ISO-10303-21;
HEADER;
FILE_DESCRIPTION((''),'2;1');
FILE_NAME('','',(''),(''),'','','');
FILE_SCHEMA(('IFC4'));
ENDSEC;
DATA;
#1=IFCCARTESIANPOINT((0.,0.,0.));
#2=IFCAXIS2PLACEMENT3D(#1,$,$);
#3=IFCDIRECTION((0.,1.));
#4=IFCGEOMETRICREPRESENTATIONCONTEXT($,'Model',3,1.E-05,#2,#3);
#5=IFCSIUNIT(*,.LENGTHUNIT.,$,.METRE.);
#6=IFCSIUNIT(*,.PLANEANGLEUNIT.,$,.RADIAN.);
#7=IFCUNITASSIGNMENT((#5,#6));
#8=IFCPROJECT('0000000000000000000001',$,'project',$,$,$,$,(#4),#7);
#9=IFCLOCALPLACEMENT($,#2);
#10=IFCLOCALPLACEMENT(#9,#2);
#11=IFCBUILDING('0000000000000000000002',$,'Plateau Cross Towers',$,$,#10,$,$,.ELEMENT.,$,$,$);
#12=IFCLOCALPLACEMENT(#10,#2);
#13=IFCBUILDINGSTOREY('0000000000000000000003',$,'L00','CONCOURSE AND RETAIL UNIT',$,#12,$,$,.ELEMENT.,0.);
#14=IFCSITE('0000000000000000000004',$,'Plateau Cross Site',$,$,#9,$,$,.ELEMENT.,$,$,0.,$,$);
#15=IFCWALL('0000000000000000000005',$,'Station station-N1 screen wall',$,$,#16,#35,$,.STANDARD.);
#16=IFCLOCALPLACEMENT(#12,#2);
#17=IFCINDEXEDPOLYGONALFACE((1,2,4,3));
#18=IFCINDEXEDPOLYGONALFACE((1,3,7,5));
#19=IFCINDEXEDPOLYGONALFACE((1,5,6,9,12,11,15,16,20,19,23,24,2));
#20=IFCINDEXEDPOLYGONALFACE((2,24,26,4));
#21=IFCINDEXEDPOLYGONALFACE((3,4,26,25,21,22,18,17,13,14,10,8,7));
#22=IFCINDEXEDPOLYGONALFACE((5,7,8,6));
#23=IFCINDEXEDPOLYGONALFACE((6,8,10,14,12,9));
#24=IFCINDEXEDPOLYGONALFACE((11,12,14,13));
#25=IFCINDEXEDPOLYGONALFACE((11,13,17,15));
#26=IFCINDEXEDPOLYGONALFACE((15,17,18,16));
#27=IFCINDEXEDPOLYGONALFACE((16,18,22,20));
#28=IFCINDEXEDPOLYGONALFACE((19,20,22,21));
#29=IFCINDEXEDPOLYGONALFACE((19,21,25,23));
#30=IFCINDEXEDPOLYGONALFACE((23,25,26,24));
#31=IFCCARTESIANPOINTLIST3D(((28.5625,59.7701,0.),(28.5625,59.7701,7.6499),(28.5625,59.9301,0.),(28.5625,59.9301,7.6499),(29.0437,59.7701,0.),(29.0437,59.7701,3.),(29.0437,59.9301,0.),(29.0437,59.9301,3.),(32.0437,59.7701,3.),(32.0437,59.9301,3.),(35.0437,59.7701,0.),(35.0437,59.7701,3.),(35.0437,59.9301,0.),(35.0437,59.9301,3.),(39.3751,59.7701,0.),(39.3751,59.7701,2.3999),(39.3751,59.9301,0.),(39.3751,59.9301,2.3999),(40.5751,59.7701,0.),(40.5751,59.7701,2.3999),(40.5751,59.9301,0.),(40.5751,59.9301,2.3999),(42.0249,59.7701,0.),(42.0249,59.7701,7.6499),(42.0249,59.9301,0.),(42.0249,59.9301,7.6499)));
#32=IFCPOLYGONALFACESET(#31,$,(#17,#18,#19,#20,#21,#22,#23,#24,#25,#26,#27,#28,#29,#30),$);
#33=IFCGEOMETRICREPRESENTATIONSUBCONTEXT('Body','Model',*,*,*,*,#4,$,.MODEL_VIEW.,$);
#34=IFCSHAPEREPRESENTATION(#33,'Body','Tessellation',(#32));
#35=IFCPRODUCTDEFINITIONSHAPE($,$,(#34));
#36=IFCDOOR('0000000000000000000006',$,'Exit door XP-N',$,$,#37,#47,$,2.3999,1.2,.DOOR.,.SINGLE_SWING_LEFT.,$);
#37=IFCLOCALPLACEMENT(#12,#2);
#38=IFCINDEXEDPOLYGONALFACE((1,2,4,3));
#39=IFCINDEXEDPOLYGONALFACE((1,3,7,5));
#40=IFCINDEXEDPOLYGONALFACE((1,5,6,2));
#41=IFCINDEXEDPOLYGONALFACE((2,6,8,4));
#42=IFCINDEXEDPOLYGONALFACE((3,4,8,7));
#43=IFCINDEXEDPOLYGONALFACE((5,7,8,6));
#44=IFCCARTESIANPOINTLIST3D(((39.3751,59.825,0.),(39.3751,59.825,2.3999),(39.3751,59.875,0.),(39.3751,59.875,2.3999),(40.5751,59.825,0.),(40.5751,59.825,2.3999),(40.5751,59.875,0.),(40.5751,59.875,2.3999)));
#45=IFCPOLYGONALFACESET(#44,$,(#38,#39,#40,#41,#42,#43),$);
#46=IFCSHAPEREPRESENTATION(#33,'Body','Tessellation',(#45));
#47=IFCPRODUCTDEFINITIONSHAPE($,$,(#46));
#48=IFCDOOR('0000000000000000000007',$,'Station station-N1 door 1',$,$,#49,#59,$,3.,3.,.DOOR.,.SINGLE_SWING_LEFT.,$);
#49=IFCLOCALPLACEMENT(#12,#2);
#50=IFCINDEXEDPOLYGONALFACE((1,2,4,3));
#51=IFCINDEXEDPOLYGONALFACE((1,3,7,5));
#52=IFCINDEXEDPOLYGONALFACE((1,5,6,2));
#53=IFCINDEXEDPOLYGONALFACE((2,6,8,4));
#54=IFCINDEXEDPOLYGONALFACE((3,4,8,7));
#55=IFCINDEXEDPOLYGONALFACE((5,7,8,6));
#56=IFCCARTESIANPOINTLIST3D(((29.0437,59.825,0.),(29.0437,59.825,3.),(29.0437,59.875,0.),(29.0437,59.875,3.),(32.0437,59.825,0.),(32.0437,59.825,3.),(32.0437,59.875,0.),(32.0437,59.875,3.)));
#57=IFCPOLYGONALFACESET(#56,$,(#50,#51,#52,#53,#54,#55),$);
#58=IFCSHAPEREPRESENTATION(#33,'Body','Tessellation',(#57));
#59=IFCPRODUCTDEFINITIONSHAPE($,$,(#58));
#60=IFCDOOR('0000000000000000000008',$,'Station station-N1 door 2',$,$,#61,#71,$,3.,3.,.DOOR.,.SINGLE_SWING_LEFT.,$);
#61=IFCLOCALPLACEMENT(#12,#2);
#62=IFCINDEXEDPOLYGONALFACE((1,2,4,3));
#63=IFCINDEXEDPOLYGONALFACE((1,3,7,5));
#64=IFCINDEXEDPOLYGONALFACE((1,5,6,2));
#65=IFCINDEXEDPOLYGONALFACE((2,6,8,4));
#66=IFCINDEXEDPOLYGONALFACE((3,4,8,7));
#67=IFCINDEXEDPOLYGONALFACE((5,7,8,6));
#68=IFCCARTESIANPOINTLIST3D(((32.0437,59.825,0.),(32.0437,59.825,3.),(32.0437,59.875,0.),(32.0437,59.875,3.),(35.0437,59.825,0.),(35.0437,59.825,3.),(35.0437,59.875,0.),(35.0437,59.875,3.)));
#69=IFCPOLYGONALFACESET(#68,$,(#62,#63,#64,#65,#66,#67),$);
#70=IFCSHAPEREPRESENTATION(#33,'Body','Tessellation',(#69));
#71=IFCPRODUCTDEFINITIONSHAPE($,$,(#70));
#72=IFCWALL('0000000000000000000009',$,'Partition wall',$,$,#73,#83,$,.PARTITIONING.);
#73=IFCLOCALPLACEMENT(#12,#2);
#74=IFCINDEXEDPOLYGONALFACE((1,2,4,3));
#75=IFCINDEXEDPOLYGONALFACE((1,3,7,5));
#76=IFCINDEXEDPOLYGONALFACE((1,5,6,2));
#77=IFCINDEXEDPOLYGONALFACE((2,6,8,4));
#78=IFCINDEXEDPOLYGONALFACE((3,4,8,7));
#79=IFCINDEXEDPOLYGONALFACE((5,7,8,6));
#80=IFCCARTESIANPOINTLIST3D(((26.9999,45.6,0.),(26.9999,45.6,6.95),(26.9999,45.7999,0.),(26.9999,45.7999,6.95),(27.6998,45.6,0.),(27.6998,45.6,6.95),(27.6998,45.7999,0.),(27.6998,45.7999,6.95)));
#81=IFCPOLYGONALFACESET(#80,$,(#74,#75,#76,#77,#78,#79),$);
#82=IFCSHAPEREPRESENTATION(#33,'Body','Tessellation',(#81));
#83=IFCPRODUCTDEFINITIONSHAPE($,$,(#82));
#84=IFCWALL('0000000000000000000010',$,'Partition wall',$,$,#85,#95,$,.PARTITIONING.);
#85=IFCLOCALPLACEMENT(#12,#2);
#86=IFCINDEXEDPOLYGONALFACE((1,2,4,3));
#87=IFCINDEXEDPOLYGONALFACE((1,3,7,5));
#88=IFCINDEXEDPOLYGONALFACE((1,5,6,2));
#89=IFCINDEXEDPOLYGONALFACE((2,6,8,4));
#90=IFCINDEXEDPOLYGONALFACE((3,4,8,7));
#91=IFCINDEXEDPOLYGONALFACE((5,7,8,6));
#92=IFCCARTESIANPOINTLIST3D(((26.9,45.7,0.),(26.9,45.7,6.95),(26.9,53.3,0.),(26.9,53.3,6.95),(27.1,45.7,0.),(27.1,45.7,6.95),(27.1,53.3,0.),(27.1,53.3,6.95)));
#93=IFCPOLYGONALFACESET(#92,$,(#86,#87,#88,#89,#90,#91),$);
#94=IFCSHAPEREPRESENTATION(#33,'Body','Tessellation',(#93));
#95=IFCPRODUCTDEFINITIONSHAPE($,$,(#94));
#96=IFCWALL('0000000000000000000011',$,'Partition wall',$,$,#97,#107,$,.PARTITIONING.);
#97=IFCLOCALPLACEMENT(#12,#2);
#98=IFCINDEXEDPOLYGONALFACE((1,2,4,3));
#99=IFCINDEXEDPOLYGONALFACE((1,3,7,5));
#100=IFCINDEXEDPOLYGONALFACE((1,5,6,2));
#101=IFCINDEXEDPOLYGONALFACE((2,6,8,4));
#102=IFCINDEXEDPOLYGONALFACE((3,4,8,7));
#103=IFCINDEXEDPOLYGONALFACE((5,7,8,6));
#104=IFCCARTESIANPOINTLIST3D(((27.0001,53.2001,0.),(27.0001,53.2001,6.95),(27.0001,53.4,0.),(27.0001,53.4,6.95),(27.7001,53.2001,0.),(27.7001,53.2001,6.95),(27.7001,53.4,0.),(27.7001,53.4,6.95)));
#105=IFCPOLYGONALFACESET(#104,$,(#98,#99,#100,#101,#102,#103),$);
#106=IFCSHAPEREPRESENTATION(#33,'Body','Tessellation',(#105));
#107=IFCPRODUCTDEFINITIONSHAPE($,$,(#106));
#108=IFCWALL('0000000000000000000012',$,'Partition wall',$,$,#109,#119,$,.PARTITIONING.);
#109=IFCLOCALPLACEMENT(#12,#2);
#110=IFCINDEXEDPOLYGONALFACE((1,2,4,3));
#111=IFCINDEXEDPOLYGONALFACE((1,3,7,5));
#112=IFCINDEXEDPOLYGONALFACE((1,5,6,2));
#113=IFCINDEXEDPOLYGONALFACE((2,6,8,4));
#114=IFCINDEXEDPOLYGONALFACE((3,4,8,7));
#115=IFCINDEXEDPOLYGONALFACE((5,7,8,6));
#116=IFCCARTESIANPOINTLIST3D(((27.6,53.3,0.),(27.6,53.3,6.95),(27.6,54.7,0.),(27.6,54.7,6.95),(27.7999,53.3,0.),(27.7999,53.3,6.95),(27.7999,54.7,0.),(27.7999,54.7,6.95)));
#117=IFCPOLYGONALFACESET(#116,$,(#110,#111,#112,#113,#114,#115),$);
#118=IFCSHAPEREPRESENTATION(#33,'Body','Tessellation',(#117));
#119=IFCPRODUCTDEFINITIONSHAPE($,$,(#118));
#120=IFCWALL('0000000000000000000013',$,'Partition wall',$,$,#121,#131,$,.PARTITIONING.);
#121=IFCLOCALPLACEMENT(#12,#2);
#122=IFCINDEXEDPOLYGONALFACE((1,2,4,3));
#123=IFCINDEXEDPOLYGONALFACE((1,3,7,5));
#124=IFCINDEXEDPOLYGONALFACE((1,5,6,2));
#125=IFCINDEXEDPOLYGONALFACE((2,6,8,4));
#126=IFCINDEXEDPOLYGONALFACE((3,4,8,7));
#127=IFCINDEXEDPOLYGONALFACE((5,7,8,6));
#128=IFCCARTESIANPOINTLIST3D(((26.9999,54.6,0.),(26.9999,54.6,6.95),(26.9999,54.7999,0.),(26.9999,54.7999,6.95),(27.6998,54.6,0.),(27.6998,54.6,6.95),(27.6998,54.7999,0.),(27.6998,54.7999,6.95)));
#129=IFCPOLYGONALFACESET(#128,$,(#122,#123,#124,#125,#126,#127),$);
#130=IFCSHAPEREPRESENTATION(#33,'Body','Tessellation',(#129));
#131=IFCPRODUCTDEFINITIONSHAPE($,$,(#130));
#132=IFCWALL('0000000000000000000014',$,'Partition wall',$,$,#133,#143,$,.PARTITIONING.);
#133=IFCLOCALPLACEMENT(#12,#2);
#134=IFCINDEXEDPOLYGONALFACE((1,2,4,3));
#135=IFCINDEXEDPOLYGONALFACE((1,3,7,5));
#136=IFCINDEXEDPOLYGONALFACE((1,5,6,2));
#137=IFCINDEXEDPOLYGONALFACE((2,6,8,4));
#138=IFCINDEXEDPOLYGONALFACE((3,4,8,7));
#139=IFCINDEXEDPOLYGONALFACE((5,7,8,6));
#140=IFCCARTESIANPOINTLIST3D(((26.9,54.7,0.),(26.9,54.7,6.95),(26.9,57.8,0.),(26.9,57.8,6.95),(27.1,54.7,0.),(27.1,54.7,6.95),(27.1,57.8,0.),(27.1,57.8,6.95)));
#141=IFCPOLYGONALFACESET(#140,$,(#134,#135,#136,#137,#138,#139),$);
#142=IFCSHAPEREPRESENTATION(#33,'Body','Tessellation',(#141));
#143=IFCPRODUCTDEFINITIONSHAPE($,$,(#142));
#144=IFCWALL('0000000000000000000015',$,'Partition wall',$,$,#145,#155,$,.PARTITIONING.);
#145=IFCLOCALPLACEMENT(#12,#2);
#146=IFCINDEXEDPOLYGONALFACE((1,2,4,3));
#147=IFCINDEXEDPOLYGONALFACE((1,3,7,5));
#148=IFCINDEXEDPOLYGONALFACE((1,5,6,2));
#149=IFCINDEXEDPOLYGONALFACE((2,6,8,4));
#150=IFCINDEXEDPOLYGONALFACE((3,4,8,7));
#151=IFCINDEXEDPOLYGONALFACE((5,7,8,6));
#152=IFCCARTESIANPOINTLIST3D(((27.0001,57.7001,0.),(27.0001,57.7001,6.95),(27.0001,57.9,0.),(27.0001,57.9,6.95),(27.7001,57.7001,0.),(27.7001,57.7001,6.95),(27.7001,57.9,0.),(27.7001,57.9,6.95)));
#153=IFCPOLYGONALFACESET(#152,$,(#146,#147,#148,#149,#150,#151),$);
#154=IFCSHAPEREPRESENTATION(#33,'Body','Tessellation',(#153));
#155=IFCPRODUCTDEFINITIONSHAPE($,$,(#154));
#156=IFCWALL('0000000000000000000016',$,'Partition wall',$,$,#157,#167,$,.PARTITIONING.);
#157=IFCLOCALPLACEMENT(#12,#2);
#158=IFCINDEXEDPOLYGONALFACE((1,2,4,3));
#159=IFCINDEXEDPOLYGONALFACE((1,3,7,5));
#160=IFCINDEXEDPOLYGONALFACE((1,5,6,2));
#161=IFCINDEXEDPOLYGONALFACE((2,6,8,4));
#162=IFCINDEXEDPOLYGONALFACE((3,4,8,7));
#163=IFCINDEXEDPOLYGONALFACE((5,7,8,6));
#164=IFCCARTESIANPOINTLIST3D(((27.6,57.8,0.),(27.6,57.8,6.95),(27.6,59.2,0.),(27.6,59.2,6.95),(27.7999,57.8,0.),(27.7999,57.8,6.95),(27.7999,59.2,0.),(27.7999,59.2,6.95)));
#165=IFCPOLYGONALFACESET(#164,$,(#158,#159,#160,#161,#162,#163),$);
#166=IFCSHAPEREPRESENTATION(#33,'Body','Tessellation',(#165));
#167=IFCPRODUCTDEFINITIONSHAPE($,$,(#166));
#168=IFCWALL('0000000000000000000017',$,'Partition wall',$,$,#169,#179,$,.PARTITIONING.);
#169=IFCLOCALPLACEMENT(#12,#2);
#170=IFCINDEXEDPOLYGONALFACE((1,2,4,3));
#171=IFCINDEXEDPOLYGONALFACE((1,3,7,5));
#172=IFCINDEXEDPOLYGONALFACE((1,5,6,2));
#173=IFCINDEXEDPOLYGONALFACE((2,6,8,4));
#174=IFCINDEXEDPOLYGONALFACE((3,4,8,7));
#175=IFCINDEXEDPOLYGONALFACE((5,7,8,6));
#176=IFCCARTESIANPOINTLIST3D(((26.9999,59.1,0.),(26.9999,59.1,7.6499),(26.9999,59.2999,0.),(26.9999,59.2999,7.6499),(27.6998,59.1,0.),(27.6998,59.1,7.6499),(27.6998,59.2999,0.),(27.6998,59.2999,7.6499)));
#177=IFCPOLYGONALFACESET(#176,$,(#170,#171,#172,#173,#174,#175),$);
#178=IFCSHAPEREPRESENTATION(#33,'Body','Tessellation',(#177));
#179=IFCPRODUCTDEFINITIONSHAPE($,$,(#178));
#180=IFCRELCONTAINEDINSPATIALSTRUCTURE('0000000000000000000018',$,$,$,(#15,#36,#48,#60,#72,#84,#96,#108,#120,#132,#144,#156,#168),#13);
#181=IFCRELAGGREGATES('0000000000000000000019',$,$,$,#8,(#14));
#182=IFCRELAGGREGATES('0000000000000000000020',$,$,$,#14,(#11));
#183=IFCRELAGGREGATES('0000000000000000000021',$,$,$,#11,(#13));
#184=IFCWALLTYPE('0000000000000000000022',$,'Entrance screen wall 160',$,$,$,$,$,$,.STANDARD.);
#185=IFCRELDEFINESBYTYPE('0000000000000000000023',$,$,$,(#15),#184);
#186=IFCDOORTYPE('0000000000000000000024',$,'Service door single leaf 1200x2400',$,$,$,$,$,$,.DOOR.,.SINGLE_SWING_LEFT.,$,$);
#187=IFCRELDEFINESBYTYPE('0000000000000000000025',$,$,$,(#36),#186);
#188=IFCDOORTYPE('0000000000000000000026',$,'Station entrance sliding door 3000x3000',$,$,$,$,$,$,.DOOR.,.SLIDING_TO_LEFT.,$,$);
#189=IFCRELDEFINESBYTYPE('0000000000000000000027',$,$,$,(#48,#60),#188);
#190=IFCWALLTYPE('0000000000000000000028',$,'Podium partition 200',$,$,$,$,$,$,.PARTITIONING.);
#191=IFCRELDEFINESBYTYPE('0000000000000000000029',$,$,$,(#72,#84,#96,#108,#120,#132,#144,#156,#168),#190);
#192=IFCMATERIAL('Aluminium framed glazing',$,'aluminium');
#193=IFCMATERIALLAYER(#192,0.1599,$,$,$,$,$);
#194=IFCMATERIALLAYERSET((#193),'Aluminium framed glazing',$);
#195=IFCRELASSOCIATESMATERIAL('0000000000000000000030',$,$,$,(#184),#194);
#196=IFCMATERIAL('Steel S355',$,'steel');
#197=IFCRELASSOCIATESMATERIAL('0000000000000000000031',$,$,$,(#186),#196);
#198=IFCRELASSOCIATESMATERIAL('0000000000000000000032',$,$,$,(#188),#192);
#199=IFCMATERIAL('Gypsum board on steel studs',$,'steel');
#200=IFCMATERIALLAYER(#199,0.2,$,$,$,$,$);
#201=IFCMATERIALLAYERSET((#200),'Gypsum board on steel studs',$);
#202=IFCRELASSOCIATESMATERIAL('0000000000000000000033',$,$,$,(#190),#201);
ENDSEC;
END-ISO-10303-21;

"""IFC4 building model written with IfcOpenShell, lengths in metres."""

from ifc_helpers import new_model, si_unit, direction, frame, frame_2d, origin, place, context, subcontext, project, spatial, rectangle, extrude, material, layer, layer_set, type_object, element, fill, save


model = new_model("IFC4")

# Units and contexts
model_context = context("Model", 3, precision=1e-05, world=origin(), true_north=direction((0.0, 1.0)))
body_context = subcontext(model_context, "Body", "Model", "MODEL_VIEW")
ifc_project = project(units=[si_unit("LENGTHUNIT", "METRE"), si_unit("PLANEANGLEUNIT", "RADIAN")], contexts=[model_context])

# Site, building, storey
site_placement = place(None, origin())
site = spatial("IfcSite", under=ifc_project, at=site_placement, Name="Plateau Cross Site", CompositionType="ELEMENT", RefElevation=0.0)
building_placement = place(site_placement, origin())
building = spatial("IfcBuilding", under=site, at=building_placement, Name="Plateau Cross Towers", CompositionType="ELEMENT")
storey_placement = place(building_placement, origin())
storey = spatial("IfcBuildingStorey", under=building, at=storey_placement, Name="L00", Description="CONCOURSE AND RETAIL UNIT", CompositionType="ELEMENT", Elevation=0.0)

# Wall, openings, doors
ifc_material_1 = material(Name="Aluminium framed glazing", Category="aluminium")
ifc_layer_1 = layer(ifc_material_1, 0.1599)
ifc_layer_set_1 = layer_set([ifc_layer_1], Name="Aluminium framed glazing")
wall_type_1 = type_object("IfcWallType", Name="Entrance screen wall 160", PredefinedType="STANDARD", material=ifc_layer_set_1)
wall_1_placement = place(storey_placement, frame((28.5625, 59.8501, 0.0), z_axis=(0.0, 0.0, 1.0), x_axis=(1.0, 0.0, 0.0)))
wall_1 = element("IfcWall", 1, at=wall_1_placement, inside=storey, type_object=wall_type_1, Name="Station station-N1 screen wall", PredefinedType="STANDARD", context=body_context, shape_type="SweptSolid", body=[
    extrude(rectangle(XDim=13.4624, YDim=0.1599, at=frame_2d((6.7312, 0.0))), origin(), (0.0, 0.0, 1.0), 7.6499),
])
opening_1_placement = place(wall_1_placement, frame((0.4812, 0.0, 0.0)))
opening_1 = element("IfcOpeningElement", 2, at=opening_1_placement, cuts=wall_1, PredefinedType="OPENING", context=body_context, shape_type="SweptSolid", body=[
    extrude(rectangle(XDim=3.0, YDim=3.0, at=frame_2d((1.5, 1.5))), frame((0.0, 0.0898, 0.0), z_axis=(0.0, -1.0, 0.0), x_axis=(1.0, 0.0, 0.0)), (0.0, 0.0, 1.0), 0.1799),
])
opening_2_placement = place(wall_1_placement, frame((3.4812, 0.0, 0.0)))
opening_2 = element("IfcOpeningElement", 3, at=opening_2_placement, cuts=wall_1, PredefinedType="OPENING", context=body_context, shape_type="SweptSolid", body=[
    extrude(rectangle(XDim=3.0, YDim=3.0, at=frame_2d((1.5, 1.5))), frame((0.0, 0.0898, 0.0), z_axis=(0.0, -1.0, 0.0), x_axis=(1.0, 0.0, 0.0)), (0.0, 0.0, 1.0), 0.1799),
])
opening_3_placement = place(wall_1_placement, frame((10.8125, 0.0, 0.0)))
opening_3 = element("IfcOpeningElement", 4, at=opening_3_placement, cuts=wall_1, PredefinedType="OPENING", context=body_context, shape_type="SweptSolid", body=[
    extrude(rectangle(XDim=1.2, YDim=2.3999, at=frame_2d((0.6001, 1.2))), frame((0.0, 0.0898, 0.0), z_axis=(0.0, -1.0, 0.0), x_axis=(1.0, 0.0, 0.0)), (0.0, 0.0, 1.0), 0.1799),
])
ifc_material_2 = material(Name="Steel S355", Category="steel")
door_type_1 = type_object("IfcDoorType", Name="Service door single leaf 1200x2400", OperationType="SINGLE_SWING_LEFT", PredefinedType="DOOR", material=ifc_material_2)
door_1_placement = place(opening_3_placement, origin())
door_1 = element("IfcDoor", 5, at=door_1_placement, inside=storey, type_object=door_type_1, Name="Exit door XP-N", OperationType="SINGLE_SWING_LEFT", OverallHeight=2.3999, OverallWidth=1.2, PredefinedType="DOOR", context=body_context, shape_type="SweptSolid", body=[
    extrude(rectangle(XDim=1.2, YDim=2.3999, at=frame_2d((0.6001, 1.2))), frame((0.0, 0.0249, 0.0), z_axis=(0.0, -1.0, 0.0), x_axis=(1.0, 0.0, 0.0)), (0.0, 0.0, 1.0), 0.05),
])
fill(opening_3, door_1)
door_type_2 = type_object("IfcDoorType", Name="Station entrance sliding door 3000x3000", OperationType="SLIDING_TO_LEFT", PredefinedType="DOOR", material=ifc_material_1)
door_2_placement = place(opening_1_placement, origin())
door_2 = element("IfcDoor", 6, at=door_2_placement, inside=storey, type_object=door_type_2, Name="Station station-N1 door 1", OperationType="SINGLE_SWING_LEFT", OverallHeight=3.0, OverallWidth=3.0, PredefinedType="DOOR", context=body_context, shape_type="SweptSolid", body=[
    extrude(rectangle(XDim=3.0, YDim=3.0, at=frame_2d((1.5, 1.5))), frame((0.0, 0.0249, 0.0), z_axis=(0.0, -1.0, 0.0), x_axis=(1.0, 0.0, 0.0)), (0.0, 0.0, 1.0), 0.05),
])
fill(opening_1, door_2)
door_3_placement = place(opening_2_placement, origin())
door_3 = element("IfcDoor", 7, at=door_3_placement, inside=storey, type_object=door_type_2, Name="Station station-N1 door 2", OperationType="SINGLE_SWING_LEFT", OverallHeight=3.0, OverallWidth=3.0, PredefinedType="DOOR", context=body_context, shape_type="SweptSolid", body=[
    extrude(rectangle(XDim=3.0, YDim=3.0, at=frame_2d((1.5, 1.5))), frame((0.0, 0.0249, 0.0), z_axis=(0.0, -1.0, 0.0), x_axis=(1.0, 0.0, 0.0)), (0.0, 0.0, 1.0), 0.05),
])
fill(opening_2, door_3)

# Walls
ifc_material_3 = material(Name="Gypsum board on steel studs", Category="steel")
ifc_layer_2 = layer(ifc_material_3, 0.2)
ifc_layer_set_2 = layer_set([ifc_layer_2], Name="Gypsum board on steel studs")
wall_type_2 = type_object("IfcWallType", Name="Podium partition 200", PredefinedType="PARTITIONING", material=ifc_layer_set_2)
wall_2_placement = place(storey_placement, frame((27.7, 45.7, 0.0), z_axis=(0.0, 0.0, 1.0), x_axis=(-1.0, 0.0, 0.0)))
element("IfcWall", 8, at=wall_2_placement, inside=storey, type_object=wall_type_2, Name="Partition wall", PredefinedType="PARTITIONING", context=body_context, shape_type="SweptSolid", body=[
    extrude(rectangle(XDim=0.7, YDim=0.2, at=frame_2d((0.3501, 0.0))), origin(), (0.0, 0.0, 1.0), 6.95),
])
wall_3_placement = place(storey_placement, frame((27.0, 45.7, 0.0), z_axis=(0.0, 0.0, 1.0), x_axis=(0.0, 1.0, 0.0)))
element("IfcWall", 9, at=wall_3_placement, inside=storey, type_object=wall_type_2, Name="Partition wall", PredefinedType="PARTITIONING", context=body_context, shape_type="SweptSolid", body=[
    extrude(rectangle(XDim=7.6001, YDim=0.2, at=frame_2d((3.8, 0.0))), origin(), (0.0, 0.0, 1.0), 6.95),
])
wall_4_placement = place(storey_placement, frame((27.0, 53.3, 0.0), z_axis=(0.0, 0.0, 1.0), x_axis=(1.0, 0.0, 0.0)))
element("IfcWall", 10, at=wall_4_placement, inside=storey, type_object=wall_type_2, Name="Partition wall", PredefinedType="PARTITIONING", context=body_context, shape_type="SweptSolid", body=[
    extrude(rectangle(XDim=0.7, YDim=0.2, at=frame_2d((0.3501, 0.0))), origin(), (0.0, 0.0, 1.0), 6.95),
])
wall_5_placement = place(storey_placement, frame((27.7, 53.3, 0.0), z_axis=(0.0, 0.0, 1.0), x_axis=(0.0, 1.0, 0.0)))
element("IfcWall", 11, at=wall_5_placement, inside=storey, type_object=wall_type_2, Name="Partition wall", PredefinedType="PARTITIONING", context=body_context, shape_type="SweptSolid", body=[
    extrude(rectangle(XDim=1.3999, YDim=0.2, at=frame_2d((0.7, 0.0))), origin(), (0.0, 0.0, 1.0), 6.95),
])
wall_6_placement = place(storey_placement, frame((27.7, 54.7, 0.0), z_axis=(0.0, 0.0, 1.0), x_axis=(-1.0, 0.0, 0.0)))
element("IfcWall", 12, at=wall_6_placement, inside=storey, type_object=wall_type_2, Name="Partition wall", PredefinedType="PARTITIONING", context=body_context, shape_type="SweptSolid", body=[
    extrude(rectangle(XDim=0.7, YDim=0.2, at=frame_2d((0.3501, 0.0))), origin(), (0.0, 0.0, 1.0), 6.95),
])
wall_7_placement = place(storey_placement, frame((27.0, 54.7, 0.0), z_axis=(0.0, 0.0, 1.0), x_axis=(0.0, 1.0, 0.0)))
element("IfcWall", 13, at=wall_7_placement, inside=storey, type_object=wall_type_2, Name="Partition wall", PredefinedType="PARTITIONING", context=body_context, shape_type="SweptSolid", body=[
    extrude(rectangle(XDim=3.1001, YDim=0.2, at=frame_2d((1.55, 0.0))), origin(), (0.0, 0.0, 1.0), 6.95),
])
wall_8_placement = place(storey_placement, frame((27.0, 57.8, 0.0), z_axis=(0.0, 0.0, 1.0), x_axis=(1.0, 0.0, 0.0)))
element("IfcWall", 14, at=wall_8_placement, inside=storey, type_object=wall_type_2, Name="Partition wall", PredefinedType="PARTITIONING", context=body_context, shape_type="SweptSolid", body=[
    extrude(rectangle(XDim=0.7, YDim=0.2, at=frame_2d((0.3501, 0.0))), origin(), (0.0, 0.0, 1.0), 6.95),
])
wall_9_placement = place(storey_placement, frame((27.7, 57.8, 0.0), z_axis=(0.0, 0.0, 1.0), x_axis=(0.0, 1.0, 0.0)))
element("IfcWall", 15, at=wall_9_placement, inside=storey, type_object=wall_type_2, Name="Partition wall", PredefinedType="PARTITIONING", context=body_context, shape_type="SweptSolid", body=[
    extrude(rectangle(XDim=1.3999, YDim=0.2, at=frame_2d((0.7, 0.0))), origin(), (0.0, 0.0, 1.0), 6.95),
])
wall_10_placement = place(storey_placement, frame((27.7, 59.2, 0.0), z_axis=(0.0, 0.0, 1.0), x_axis=(-1.0, 0.0, 0.0)))
element("IfcWall", 16, at=wall_10_placement, inside=storey, type_object=wall_type_2, Name="Partition wall", PredefinedType="PARTITIONING", context=body_context, shape_type="SweptSolid", body=[
    extrude(rectangle(XDim=0.7, YDim=0.2, at=frame_2d((0.3501, 0.0))), origin(), (0.0, 0.0, 1.0), 7.6499),
])

save(model, "model.ifc")
